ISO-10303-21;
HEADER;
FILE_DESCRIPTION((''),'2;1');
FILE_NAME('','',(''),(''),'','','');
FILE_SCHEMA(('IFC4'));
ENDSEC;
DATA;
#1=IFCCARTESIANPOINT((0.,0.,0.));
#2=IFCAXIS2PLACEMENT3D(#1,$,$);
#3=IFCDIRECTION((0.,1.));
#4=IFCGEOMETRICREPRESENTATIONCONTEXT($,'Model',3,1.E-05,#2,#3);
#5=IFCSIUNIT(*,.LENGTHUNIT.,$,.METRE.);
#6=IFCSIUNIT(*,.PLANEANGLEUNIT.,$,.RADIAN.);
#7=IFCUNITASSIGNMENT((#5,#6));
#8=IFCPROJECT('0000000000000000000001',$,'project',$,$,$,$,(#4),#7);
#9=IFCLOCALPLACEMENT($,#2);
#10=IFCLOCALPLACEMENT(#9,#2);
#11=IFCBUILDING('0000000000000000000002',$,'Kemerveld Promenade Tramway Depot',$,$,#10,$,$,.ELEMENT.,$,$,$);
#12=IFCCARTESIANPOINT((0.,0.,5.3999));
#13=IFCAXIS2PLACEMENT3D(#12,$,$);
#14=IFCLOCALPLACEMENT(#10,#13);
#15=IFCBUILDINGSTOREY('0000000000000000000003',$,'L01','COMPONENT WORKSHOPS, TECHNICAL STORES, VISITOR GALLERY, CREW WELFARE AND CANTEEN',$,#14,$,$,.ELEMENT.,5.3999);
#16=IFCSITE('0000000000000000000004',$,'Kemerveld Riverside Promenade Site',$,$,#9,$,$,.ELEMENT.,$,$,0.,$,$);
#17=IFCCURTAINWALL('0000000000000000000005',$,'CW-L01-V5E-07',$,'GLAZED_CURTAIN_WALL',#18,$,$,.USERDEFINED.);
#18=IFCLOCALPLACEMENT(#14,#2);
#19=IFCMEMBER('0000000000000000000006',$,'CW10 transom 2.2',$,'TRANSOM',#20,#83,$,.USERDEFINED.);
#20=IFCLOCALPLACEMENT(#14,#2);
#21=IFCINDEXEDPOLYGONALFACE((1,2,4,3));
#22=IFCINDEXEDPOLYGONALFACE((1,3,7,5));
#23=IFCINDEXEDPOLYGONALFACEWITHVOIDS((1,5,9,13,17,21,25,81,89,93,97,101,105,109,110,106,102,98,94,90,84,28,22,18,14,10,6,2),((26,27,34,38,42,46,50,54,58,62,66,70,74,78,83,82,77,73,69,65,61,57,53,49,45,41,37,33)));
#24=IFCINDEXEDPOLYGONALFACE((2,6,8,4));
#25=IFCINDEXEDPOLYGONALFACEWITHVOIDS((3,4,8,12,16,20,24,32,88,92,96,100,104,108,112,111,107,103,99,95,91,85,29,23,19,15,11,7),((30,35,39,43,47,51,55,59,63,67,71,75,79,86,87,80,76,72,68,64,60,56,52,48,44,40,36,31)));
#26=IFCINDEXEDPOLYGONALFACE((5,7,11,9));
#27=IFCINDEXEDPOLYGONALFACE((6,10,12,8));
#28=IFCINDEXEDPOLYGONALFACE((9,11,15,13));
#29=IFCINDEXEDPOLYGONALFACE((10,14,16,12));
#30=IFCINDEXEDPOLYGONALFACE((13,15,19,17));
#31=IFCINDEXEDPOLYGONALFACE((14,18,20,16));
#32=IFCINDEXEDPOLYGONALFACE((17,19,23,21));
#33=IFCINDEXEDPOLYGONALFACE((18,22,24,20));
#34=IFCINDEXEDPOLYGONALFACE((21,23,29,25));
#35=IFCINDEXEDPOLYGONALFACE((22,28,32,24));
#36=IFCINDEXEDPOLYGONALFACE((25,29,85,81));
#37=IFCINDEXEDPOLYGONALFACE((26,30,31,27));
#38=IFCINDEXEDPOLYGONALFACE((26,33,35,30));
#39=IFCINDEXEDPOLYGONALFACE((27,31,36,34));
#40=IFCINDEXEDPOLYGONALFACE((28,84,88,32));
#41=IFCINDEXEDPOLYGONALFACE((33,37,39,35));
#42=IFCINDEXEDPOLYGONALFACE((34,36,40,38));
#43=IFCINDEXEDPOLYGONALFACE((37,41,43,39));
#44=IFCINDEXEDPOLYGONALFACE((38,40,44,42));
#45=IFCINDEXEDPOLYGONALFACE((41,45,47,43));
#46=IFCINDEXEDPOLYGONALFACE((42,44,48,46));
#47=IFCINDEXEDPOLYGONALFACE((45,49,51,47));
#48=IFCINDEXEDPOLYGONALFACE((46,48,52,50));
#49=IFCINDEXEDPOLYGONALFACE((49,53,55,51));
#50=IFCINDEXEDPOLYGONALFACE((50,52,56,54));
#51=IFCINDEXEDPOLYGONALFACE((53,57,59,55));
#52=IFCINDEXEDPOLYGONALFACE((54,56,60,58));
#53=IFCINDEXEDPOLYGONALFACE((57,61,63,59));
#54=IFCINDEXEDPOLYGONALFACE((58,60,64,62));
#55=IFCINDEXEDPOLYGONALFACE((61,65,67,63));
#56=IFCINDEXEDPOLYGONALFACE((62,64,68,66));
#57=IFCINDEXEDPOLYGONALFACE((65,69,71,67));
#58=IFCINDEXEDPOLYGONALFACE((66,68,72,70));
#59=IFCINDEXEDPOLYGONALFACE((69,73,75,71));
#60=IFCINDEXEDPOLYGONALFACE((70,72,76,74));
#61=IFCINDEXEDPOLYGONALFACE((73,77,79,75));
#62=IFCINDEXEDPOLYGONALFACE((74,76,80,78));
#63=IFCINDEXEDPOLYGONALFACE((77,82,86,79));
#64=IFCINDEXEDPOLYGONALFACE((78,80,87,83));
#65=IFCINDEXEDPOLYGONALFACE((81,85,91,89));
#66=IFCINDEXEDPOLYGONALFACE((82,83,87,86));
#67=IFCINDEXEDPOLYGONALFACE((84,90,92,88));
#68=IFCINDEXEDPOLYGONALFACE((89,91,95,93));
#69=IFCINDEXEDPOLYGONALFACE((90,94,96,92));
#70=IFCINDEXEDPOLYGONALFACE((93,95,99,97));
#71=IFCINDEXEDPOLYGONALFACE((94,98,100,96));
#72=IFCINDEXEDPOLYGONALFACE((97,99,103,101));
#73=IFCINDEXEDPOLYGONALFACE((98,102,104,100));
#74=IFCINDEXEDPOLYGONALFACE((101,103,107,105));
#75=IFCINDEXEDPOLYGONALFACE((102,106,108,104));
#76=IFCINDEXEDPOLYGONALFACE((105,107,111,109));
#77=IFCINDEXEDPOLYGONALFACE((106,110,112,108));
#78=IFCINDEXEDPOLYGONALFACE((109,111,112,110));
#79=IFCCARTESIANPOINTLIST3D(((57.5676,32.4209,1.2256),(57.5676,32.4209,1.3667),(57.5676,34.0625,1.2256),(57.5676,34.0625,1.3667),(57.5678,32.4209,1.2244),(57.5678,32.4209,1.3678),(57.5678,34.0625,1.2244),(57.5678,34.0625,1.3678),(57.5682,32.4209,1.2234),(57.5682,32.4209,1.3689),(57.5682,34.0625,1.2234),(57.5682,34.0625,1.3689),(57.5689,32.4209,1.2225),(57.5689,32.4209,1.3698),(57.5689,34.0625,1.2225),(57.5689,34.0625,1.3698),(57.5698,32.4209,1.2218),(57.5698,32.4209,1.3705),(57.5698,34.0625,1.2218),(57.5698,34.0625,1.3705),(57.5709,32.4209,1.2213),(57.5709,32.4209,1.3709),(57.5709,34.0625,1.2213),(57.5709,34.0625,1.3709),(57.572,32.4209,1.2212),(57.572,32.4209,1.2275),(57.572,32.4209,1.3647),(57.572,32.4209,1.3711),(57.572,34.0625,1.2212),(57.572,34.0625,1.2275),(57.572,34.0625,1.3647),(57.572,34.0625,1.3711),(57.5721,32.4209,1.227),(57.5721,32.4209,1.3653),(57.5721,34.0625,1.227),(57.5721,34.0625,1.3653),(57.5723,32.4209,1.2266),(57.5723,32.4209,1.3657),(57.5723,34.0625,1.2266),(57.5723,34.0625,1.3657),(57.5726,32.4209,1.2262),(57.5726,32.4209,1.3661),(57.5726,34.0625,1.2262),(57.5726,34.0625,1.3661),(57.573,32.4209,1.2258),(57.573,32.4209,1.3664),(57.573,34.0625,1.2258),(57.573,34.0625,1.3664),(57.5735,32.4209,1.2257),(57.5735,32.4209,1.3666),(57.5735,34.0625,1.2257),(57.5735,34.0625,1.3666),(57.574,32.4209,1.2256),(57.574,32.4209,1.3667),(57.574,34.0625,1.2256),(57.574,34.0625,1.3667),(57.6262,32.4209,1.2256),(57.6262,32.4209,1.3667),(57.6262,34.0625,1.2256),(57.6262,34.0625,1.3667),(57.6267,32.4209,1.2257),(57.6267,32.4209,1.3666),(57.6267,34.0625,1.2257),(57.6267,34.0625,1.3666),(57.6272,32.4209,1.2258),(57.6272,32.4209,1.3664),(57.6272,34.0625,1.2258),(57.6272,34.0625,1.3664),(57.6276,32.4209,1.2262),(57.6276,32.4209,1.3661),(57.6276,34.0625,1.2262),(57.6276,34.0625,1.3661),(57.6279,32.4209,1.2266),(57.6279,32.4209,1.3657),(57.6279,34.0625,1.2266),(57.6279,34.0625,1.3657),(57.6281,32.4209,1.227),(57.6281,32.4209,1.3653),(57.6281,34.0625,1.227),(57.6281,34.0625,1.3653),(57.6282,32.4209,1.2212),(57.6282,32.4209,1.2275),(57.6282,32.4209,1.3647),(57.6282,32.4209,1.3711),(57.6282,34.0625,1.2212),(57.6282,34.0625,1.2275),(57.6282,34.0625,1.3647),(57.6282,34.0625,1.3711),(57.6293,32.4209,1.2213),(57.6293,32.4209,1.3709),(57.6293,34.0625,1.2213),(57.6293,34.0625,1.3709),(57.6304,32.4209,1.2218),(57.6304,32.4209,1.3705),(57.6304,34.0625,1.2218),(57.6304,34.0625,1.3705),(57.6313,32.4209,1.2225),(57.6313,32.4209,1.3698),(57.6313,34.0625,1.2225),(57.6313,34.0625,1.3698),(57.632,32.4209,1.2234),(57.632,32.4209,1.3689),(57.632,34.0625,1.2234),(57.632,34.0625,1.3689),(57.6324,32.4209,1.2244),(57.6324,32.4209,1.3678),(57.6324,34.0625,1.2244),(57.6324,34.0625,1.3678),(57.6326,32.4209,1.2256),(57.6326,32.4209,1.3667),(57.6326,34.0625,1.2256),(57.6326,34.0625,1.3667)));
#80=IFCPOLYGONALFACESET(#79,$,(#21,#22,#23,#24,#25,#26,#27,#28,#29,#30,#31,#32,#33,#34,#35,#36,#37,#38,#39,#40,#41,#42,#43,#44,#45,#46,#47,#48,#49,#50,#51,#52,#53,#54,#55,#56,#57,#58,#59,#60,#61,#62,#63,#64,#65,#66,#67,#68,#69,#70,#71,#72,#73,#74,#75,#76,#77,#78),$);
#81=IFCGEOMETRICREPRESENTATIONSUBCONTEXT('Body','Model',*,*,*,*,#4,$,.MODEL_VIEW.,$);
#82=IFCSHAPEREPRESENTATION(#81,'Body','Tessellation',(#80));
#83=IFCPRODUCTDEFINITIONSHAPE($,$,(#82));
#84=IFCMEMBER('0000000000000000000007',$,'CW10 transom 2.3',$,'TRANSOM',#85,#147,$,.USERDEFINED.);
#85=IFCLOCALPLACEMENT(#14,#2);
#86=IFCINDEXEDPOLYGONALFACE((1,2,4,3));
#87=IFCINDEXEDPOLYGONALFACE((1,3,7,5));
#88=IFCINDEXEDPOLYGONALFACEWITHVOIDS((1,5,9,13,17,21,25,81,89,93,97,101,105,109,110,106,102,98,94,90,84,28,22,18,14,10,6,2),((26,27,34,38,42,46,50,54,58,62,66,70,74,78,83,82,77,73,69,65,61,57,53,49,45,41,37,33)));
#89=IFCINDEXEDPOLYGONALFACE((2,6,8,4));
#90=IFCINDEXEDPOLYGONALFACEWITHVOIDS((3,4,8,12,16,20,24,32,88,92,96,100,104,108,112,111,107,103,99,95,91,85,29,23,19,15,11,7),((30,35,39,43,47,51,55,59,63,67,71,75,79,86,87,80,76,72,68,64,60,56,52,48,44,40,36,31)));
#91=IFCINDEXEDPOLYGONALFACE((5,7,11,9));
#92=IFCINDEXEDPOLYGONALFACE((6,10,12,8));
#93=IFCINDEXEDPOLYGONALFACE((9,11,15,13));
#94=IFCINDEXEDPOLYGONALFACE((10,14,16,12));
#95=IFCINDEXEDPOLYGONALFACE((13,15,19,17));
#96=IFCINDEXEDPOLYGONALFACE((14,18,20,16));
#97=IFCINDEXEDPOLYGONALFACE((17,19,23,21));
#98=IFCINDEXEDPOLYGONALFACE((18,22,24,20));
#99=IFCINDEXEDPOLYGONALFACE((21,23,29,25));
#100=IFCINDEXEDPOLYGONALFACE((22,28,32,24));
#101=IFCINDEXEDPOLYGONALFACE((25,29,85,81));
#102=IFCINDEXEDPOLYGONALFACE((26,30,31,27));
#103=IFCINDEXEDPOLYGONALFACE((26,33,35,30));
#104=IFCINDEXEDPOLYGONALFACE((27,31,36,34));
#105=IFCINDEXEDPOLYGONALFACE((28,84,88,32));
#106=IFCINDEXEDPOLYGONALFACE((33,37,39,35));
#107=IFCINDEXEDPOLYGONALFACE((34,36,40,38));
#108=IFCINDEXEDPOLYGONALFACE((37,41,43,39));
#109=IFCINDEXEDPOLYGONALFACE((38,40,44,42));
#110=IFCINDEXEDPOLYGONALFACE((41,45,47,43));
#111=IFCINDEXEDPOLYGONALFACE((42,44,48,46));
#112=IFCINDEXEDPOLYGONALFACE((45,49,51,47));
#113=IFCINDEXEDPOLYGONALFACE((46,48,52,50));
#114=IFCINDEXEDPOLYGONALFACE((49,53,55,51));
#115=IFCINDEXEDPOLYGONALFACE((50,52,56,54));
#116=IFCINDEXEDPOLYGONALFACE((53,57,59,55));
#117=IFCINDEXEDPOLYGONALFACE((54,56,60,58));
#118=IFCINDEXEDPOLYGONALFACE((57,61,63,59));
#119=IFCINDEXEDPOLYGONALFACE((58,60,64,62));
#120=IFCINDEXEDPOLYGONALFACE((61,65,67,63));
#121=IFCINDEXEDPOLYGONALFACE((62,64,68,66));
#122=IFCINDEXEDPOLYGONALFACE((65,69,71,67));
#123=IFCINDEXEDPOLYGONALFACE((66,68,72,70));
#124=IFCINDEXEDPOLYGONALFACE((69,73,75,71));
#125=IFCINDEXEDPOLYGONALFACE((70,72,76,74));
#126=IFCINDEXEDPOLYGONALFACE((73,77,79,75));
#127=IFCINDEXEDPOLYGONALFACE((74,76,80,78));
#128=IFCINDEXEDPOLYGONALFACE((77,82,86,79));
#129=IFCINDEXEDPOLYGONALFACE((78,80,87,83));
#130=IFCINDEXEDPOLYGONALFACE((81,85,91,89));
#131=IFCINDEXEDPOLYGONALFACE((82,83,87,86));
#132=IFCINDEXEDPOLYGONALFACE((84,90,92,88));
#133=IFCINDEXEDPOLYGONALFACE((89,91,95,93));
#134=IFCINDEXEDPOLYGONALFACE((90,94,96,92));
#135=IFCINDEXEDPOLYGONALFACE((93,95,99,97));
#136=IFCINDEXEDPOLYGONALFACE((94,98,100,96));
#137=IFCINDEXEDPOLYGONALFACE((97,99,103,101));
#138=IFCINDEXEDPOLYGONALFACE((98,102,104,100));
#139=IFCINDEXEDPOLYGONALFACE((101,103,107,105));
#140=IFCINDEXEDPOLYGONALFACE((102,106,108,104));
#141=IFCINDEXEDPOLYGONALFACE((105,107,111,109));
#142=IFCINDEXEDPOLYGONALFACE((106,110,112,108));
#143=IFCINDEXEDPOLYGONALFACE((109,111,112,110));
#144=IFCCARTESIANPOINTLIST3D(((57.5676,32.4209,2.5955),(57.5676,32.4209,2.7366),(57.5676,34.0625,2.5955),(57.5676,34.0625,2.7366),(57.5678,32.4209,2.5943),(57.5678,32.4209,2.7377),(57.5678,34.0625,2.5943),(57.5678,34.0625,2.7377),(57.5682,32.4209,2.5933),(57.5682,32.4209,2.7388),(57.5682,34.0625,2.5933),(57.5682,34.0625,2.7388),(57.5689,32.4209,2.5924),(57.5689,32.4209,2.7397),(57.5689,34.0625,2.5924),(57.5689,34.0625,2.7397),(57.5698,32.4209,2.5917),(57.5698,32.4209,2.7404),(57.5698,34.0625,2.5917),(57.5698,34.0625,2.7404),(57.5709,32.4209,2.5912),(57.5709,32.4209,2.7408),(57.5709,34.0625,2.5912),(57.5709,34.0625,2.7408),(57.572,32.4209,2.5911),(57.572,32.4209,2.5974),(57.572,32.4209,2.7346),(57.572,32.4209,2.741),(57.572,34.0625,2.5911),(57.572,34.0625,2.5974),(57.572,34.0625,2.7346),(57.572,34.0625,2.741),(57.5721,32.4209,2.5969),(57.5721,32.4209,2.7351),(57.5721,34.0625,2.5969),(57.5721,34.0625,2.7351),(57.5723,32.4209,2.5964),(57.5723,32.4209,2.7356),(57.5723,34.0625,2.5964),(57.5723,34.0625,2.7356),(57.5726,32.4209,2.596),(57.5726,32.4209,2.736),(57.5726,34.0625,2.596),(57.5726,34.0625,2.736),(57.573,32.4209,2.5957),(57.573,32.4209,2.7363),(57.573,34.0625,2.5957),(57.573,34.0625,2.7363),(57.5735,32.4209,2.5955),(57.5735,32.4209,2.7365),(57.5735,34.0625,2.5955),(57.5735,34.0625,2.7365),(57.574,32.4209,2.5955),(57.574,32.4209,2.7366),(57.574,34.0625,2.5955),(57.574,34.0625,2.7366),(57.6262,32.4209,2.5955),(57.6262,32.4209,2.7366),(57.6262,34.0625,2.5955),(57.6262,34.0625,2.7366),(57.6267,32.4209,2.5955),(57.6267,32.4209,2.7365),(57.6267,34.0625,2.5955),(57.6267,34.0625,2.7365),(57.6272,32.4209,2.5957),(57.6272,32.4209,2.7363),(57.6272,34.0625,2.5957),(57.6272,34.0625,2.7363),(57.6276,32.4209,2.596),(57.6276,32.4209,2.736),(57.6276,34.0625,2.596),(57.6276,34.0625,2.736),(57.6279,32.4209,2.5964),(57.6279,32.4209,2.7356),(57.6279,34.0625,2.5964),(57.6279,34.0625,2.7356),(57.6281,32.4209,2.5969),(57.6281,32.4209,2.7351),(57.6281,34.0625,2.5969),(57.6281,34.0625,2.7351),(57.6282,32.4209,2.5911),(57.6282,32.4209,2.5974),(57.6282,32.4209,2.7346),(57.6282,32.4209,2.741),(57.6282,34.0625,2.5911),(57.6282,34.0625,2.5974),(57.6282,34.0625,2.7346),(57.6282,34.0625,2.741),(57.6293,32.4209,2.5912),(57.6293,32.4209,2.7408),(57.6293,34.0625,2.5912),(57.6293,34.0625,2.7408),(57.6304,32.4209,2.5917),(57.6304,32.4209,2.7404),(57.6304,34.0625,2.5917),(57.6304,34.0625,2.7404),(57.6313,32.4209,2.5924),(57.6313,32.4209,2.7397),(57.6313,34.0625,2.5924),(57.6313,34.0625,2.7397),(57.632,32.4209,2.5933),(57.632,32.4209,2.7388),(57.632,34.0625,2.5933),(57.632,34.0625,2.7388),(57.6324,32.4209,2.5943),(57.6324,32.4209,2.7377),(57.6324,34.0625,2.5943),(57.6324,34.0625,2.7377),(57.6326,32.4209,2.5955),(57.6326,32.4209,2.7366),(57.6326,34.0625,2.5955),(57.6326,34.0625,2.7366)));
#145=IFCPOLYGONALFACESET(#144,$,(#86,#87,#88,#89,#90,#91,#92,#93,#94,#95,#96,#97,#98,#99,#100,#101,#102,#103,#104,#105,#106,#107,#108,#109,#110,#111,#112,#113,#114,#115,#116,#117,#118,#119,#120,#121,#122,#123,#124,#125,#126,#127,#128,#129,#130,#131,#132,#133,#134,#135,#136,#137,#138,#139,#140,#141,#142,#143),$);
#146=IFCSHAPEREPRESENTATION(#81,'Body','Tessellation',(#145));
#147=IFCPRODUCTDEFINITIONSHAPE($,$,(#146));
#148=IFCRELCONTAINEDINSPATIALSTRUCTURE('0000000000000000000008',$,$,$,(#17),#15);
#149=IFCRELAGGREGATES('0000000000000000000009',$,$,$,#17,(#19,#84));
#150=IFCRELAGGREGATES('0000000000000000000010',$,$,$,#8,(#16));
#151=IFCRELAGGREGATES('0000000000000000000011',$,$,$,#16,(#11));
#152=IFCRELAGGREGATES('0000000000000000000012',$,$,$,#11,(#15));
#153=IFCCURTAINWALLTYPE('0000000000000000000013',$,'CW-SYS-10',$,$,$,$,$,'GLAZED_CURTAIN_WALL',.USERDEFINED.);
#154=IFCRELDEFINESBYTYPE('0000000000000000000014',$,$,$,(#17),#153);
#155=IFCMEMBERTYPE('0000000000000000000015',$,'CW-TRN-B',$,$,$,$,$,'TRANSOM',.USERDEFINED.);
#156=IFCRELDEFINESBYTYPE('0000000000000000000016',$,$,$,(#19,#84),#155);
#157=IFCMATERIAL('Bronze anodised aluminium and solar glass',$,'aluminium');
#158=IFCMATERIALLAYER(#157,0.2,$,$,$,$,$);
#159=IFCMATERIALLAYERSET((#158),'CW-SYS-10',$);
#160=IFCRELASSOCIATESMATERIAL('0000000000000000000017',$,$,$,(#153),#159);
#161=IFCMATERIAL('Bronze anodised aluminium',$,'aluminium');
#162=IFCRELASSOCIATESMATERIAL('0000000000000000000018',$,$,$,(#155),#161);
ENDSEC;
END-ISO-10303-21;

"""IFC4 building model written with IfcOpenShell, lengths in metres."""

from ifc_helpers import new_model, si_unit, direction, frame, origin, origin_2d, place, context, subcontext, project, spatial, hollow_rectangle, extrude, material, layer, layer_set, material_profile, profile_set, type_object, element, aggregate, save


model = new_model("IFC4")

# Units and contexts
model_context = context("Model", 3, precision=1e-05, world=origin(), true_north=direction((0.0, 1.0)))
body_context = subcontext(model_context, "Body", "Model", "MODEL_VIEW")
ifc_project = project(units=[si_unit("LENGTHUNIT", "METRE"), si_unit("PLANEANGLEUNIT", "RADIAN")], contexts=[model_context])

# Site, building, storey
site_placement = place(None, origin())
site = spatial("IfcSite", under=ifc_project, at=site_placement, Name="Kemerveld Riverside Promenade Site", CompositionType="ELEMENT", RefElevation=0.0)
building_placement = place(site_placement, origin())
building = spatial("IfcBuilding", under=site, at=building_placement, Name="Kemerveld Promenade Tramway Depot", CompositionType="ELEMENT")
storey_placement = place(building_placement, frame((0.0, 0.0, 5.3999)))
storey = spatial("IfcBuildingStorey", under=building, at=storey_placement, Name="L01", Description="COMPONENT WORKSHOPS, TECHNICAL STORES, VISITOR GALLERY, CREW WELFARE AND CANTEEN", CompositionType="ELEMENT", Elevation=5.3999)

# Shared definitions
ifc_material_1 = material(Name="Bronze anodised aluminium and solar glass", Category="aluminium")
ifc_material_2 = material(Name="Bronze anodised aluminium", Category="aluminium")

# Curtain wall, members
ifc_layer_1 = layer(ifc_material_1, 0.2)
ifc_layer_set_1 = layer_set([ifc_layer_1], Name="CW-SYS-10")
curtain_wall_type_1 = type_object("IfcCurtainWallType", Name="CW-SYS-10", ElementType="GLAZED_CURTAIN_WALL", PredefinedType="USERDEFINED", material=ifc_layer_set_1)
curtain_wall_1_placement = place(storey_placement, origin())
curtain_wall_1 = element("IfcCurtainWall", 1, at=curtain_wall_1_placement, inside=storey, type_object=curtain_wall_type_1, Name="CW-L01-V5E-07", ObjectType="GLAZED_CURTAIN_WALL", PredefinedType="USERDEFINED")
ifc_material_profile_1 = material_profile(ifc_material_2, hollow_rectangle(XDim=0.0649, YDim=0.1499, WallThickness=0.0044, InnerFilletRadius=0.002, OuterFilletRadius=0.0044, at=origin_2d()), Name="CW-TRN-150x65")
ifc_profile_set_1 = profile_set([ifc_material_profile_1], Name="Bronze anodised aluminium")
member_type_1 = type_object("IfcMemberType", Name="CW-TRN-B", ElementType="TRANSOM", PredefinedType="USERDEFINED", material=ifc_profile_set_1)
member_1_placement = place(storey_placement, frame((57.6001, 34.0625, 1.2961), z_axis=(0.0, -1.0, 0.0), x_axis=(1.0, 0.0, 0.0)))
member_1 = element("IfcMember", 2, at=member_1_placement, type_object=member_type_1, Name="CW10 transom 2.2", ObjectType="TRANSOM", PredefinedType="USERDEFINED", context=body_context, shape_type="SweptSolid", body=[
    extrude(hollow_rectangle(XDim=0.0649, YDim=0.1499, WallThickness=0.0044, InnerFilletRadius=0.002, OuterFilletRadius=0.0044, at=origin_2d()), origin(), (0.0, 0.0, 1.0), 1.6416),
])
member_2_placement = place(storey_placement, frame((57.6001, 34.0625, 2.666), z_axis=(0.0, -1.0, 0.0), x_axis=(1.0, 0.0, 0.0)))
member_2 = element("IfcMember", 3, at=member_2_placement, type_object=member_type_1, Name="CW10 transom 2.3", ObjectType="TRANSOM", PredefinedType="USERDEFINED", context=body_context, shape_type="SweptSolid", body=[
    extrude(hollow_rectangle(XDim=0.0649, YDim=0.1499, WallThickness=0.0044, InnerFilletRadius=0.002, OuterFilletRadius=0.0044, at=origin_2d()), origin(), (0.0, 0.0, 1.0), 1.6416),
])
aggregate(curtain_wall_1, [member_1, member_2])

save(model, "model.ifc")
